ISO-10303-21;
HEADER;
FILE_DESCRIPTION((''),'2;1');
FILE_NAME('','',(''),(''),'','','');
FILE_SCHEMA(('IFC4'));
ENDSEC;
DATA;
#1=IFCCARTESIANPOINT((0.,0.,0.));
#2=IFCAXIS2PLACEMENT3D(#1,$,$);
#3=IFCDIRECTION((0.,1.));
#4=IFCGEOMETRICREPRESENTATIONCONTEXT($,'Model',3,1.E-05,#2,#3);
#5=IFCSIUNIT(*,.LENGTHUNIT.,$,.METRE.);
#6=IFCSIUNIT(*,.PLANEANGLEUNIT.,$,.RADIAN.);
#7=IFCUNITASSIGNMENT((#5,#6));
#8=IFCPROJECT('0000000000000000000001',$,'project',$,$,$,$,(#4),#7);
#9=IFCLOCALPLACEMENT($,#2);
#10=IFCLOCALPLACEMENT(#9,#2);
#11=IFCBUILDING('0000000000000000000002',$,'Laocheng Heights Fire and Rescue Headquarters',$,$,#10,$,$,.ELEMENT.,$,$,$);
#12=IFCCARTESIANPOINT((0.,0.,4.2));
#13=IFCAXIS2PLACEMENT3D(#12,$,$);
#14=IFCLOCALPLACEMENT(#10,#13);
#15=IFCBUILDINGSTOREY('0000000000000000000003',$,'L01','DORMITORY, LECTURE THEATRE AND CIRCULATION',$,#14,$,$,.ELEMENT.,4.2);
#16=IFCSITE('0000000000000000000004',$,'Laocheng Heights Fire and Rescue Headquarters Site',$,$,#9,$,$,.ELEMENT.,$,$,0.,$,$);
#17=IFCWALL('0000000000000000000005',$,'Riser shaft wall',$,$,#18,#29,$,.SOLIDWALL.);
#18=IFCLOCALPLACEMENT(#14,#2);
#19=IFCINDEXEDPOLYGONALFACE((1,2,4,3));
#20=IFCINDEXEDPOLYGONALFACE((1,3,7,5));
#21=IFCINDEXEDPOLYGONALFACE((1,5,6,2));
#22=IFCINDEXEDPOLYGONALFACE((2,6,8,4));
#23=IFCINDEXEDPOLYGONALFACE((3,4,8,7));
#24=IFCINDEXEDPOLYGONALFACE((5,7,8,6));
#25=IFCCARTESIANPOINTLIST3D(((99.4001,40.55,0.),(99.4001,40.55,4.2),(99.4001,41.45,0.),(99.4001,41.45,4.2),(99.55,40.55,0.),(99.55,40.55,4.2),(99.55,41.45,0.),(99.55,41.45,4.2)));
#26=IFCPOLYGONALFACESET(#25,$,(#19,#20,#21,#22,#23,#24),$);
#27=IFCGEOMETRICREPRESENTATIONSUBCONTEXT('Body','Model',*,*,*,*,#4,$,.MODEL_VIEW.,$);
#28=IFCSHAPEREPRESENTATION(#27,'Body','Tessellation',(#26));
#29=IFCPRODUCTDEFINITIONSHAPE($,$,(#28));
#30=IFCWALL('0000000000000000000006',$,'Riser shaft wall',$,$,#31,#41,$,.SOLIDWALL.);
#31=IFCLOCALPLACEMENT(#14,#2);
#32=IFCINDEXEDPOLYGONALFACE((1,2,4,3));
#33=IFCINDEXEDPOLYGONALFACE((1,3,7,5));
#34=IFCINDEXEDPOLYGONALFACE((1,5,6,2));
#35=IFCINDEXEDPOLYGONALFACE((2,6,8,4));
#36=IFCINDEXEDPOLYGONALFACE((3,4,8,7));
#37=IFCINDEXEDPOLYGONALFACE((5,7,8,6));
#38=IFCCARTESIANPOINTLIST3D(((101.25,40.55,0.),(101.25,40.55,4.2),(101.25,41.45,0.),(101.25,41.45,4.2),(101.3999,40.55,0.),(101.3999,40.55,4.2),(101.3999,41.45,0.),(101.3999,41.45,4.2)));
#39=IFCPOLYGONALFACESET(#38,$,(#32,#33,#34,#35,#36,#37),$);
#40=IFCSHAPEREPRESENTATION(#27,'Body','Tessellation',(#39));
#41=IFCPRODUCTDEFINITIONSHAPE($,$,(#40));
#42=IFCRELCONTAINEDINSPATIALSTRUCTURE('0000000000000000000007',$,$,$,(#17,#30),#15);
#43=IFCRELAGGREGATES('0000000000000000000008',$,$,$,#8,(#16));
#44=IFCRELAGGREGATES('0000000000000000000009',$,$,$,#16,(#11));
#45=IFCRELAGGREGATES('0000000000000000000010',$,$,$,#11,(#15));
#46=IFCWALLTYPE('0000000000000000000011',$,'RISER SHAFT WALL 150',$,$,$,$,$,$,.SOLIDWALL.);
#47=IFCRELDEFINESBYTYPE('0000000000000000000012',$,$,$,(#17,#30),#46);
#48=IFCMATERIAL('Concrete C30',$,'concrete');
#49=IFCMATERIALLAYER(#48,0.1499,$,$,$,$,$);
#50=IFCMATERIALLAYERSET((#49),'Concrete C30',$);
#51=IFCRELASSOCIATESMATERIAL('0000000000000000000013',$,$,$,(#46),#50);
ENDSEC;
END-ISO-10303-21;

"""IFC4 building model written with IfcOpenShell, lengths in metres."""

from ifc_helpers import new_model, si_unit, direction, frame, frame_2d, origin, place, context, subcontext, project, spatial, rectangle, extrude, material, layer, layer_set, type_object, element, save


model = new_model("IFC4")

# Units and contexts
model_context = context("Model", 3, precision=1e-05, world=origin(), true_north=direction((0.0, 1.0)))
body_context = subcontext(model_context, "Body", "Model", "MODEL_VIEW")
ifc_project = project(units=[si_unit("LENGTHUNIT", "METRE"), si_unit("PLANEANGLEUNIT", "RADIAN")], contexts=[model_context])

# Site, building, storey
site_placement = place(None, origin())
site = spatial("IfcSite", under=ifc_project, at=site_placement, Name="Laocheng Heights Fire and Rescue Headquarters Site", CompositionType="ELEMENT", RefElevation=0.0)
building_placement = place(site_placement, origin())
building = spatial("IfcBuilding", under=site, at=building_placement, Name="Laocheng Heights Fire and Rescue Headquarters", CompositionType="ELEMENT")
storey_placement = place(building_placement, frame((0.0, 0.0, 4.2)))
storey = spatial("IfcBuildingStorey", under=building, at=storey_placement, Name="L01", Description="DORMITORY, LECTURE THEATRE AND CIRCULATION", CompositionType="ELEMENT", Elevation=4.2)

# Shared definitions
ifc_material_1 = material(Name="Concrete C30", Category="concrete")
ifc_layer_1 = layer(ifc_material_1, 0.1499)
ifc_layer_set_1 = layer_set([ifc_layer_1], Name="Concrete C30")
wall_type_1 = type_object("IfcWallType", Name="RISER SHAFT WALL 150", PredefinedType="SOLIDWALL", material=ifc_layer_set_1)

# Walls
for number, where, z_axis, x_axis, name in (
    (1, (99.4751, 40.55, 0.0), (0.0, 0.0, 1.0), (0.0, 1.0, 0.0), "Riser shaft wall"),
    (2, (101.325, 40.55, 0.0), (0.0, 0.0, 1.0), (0.0, 1.0, 0.0), "Riser shaft wall"),
):
    element("IfcWall", number, at=place(storey_placement, frame(where, z_axis=z_axis, x_axis=x_axis)), inside=storey, type_object=wall_type_1, Name=name, PredefinedType="SOLIDWALL", context=body_context, shape_type="SweptSolid", body=[
        extrude(rectangle(XDim=0.8999, YDim=0.1499, at=frame_2d((0.45, 0.0))), origin(), (0.0, 0.0, 1.0), 4.2),
    ])

save(model, "model.ifc")
